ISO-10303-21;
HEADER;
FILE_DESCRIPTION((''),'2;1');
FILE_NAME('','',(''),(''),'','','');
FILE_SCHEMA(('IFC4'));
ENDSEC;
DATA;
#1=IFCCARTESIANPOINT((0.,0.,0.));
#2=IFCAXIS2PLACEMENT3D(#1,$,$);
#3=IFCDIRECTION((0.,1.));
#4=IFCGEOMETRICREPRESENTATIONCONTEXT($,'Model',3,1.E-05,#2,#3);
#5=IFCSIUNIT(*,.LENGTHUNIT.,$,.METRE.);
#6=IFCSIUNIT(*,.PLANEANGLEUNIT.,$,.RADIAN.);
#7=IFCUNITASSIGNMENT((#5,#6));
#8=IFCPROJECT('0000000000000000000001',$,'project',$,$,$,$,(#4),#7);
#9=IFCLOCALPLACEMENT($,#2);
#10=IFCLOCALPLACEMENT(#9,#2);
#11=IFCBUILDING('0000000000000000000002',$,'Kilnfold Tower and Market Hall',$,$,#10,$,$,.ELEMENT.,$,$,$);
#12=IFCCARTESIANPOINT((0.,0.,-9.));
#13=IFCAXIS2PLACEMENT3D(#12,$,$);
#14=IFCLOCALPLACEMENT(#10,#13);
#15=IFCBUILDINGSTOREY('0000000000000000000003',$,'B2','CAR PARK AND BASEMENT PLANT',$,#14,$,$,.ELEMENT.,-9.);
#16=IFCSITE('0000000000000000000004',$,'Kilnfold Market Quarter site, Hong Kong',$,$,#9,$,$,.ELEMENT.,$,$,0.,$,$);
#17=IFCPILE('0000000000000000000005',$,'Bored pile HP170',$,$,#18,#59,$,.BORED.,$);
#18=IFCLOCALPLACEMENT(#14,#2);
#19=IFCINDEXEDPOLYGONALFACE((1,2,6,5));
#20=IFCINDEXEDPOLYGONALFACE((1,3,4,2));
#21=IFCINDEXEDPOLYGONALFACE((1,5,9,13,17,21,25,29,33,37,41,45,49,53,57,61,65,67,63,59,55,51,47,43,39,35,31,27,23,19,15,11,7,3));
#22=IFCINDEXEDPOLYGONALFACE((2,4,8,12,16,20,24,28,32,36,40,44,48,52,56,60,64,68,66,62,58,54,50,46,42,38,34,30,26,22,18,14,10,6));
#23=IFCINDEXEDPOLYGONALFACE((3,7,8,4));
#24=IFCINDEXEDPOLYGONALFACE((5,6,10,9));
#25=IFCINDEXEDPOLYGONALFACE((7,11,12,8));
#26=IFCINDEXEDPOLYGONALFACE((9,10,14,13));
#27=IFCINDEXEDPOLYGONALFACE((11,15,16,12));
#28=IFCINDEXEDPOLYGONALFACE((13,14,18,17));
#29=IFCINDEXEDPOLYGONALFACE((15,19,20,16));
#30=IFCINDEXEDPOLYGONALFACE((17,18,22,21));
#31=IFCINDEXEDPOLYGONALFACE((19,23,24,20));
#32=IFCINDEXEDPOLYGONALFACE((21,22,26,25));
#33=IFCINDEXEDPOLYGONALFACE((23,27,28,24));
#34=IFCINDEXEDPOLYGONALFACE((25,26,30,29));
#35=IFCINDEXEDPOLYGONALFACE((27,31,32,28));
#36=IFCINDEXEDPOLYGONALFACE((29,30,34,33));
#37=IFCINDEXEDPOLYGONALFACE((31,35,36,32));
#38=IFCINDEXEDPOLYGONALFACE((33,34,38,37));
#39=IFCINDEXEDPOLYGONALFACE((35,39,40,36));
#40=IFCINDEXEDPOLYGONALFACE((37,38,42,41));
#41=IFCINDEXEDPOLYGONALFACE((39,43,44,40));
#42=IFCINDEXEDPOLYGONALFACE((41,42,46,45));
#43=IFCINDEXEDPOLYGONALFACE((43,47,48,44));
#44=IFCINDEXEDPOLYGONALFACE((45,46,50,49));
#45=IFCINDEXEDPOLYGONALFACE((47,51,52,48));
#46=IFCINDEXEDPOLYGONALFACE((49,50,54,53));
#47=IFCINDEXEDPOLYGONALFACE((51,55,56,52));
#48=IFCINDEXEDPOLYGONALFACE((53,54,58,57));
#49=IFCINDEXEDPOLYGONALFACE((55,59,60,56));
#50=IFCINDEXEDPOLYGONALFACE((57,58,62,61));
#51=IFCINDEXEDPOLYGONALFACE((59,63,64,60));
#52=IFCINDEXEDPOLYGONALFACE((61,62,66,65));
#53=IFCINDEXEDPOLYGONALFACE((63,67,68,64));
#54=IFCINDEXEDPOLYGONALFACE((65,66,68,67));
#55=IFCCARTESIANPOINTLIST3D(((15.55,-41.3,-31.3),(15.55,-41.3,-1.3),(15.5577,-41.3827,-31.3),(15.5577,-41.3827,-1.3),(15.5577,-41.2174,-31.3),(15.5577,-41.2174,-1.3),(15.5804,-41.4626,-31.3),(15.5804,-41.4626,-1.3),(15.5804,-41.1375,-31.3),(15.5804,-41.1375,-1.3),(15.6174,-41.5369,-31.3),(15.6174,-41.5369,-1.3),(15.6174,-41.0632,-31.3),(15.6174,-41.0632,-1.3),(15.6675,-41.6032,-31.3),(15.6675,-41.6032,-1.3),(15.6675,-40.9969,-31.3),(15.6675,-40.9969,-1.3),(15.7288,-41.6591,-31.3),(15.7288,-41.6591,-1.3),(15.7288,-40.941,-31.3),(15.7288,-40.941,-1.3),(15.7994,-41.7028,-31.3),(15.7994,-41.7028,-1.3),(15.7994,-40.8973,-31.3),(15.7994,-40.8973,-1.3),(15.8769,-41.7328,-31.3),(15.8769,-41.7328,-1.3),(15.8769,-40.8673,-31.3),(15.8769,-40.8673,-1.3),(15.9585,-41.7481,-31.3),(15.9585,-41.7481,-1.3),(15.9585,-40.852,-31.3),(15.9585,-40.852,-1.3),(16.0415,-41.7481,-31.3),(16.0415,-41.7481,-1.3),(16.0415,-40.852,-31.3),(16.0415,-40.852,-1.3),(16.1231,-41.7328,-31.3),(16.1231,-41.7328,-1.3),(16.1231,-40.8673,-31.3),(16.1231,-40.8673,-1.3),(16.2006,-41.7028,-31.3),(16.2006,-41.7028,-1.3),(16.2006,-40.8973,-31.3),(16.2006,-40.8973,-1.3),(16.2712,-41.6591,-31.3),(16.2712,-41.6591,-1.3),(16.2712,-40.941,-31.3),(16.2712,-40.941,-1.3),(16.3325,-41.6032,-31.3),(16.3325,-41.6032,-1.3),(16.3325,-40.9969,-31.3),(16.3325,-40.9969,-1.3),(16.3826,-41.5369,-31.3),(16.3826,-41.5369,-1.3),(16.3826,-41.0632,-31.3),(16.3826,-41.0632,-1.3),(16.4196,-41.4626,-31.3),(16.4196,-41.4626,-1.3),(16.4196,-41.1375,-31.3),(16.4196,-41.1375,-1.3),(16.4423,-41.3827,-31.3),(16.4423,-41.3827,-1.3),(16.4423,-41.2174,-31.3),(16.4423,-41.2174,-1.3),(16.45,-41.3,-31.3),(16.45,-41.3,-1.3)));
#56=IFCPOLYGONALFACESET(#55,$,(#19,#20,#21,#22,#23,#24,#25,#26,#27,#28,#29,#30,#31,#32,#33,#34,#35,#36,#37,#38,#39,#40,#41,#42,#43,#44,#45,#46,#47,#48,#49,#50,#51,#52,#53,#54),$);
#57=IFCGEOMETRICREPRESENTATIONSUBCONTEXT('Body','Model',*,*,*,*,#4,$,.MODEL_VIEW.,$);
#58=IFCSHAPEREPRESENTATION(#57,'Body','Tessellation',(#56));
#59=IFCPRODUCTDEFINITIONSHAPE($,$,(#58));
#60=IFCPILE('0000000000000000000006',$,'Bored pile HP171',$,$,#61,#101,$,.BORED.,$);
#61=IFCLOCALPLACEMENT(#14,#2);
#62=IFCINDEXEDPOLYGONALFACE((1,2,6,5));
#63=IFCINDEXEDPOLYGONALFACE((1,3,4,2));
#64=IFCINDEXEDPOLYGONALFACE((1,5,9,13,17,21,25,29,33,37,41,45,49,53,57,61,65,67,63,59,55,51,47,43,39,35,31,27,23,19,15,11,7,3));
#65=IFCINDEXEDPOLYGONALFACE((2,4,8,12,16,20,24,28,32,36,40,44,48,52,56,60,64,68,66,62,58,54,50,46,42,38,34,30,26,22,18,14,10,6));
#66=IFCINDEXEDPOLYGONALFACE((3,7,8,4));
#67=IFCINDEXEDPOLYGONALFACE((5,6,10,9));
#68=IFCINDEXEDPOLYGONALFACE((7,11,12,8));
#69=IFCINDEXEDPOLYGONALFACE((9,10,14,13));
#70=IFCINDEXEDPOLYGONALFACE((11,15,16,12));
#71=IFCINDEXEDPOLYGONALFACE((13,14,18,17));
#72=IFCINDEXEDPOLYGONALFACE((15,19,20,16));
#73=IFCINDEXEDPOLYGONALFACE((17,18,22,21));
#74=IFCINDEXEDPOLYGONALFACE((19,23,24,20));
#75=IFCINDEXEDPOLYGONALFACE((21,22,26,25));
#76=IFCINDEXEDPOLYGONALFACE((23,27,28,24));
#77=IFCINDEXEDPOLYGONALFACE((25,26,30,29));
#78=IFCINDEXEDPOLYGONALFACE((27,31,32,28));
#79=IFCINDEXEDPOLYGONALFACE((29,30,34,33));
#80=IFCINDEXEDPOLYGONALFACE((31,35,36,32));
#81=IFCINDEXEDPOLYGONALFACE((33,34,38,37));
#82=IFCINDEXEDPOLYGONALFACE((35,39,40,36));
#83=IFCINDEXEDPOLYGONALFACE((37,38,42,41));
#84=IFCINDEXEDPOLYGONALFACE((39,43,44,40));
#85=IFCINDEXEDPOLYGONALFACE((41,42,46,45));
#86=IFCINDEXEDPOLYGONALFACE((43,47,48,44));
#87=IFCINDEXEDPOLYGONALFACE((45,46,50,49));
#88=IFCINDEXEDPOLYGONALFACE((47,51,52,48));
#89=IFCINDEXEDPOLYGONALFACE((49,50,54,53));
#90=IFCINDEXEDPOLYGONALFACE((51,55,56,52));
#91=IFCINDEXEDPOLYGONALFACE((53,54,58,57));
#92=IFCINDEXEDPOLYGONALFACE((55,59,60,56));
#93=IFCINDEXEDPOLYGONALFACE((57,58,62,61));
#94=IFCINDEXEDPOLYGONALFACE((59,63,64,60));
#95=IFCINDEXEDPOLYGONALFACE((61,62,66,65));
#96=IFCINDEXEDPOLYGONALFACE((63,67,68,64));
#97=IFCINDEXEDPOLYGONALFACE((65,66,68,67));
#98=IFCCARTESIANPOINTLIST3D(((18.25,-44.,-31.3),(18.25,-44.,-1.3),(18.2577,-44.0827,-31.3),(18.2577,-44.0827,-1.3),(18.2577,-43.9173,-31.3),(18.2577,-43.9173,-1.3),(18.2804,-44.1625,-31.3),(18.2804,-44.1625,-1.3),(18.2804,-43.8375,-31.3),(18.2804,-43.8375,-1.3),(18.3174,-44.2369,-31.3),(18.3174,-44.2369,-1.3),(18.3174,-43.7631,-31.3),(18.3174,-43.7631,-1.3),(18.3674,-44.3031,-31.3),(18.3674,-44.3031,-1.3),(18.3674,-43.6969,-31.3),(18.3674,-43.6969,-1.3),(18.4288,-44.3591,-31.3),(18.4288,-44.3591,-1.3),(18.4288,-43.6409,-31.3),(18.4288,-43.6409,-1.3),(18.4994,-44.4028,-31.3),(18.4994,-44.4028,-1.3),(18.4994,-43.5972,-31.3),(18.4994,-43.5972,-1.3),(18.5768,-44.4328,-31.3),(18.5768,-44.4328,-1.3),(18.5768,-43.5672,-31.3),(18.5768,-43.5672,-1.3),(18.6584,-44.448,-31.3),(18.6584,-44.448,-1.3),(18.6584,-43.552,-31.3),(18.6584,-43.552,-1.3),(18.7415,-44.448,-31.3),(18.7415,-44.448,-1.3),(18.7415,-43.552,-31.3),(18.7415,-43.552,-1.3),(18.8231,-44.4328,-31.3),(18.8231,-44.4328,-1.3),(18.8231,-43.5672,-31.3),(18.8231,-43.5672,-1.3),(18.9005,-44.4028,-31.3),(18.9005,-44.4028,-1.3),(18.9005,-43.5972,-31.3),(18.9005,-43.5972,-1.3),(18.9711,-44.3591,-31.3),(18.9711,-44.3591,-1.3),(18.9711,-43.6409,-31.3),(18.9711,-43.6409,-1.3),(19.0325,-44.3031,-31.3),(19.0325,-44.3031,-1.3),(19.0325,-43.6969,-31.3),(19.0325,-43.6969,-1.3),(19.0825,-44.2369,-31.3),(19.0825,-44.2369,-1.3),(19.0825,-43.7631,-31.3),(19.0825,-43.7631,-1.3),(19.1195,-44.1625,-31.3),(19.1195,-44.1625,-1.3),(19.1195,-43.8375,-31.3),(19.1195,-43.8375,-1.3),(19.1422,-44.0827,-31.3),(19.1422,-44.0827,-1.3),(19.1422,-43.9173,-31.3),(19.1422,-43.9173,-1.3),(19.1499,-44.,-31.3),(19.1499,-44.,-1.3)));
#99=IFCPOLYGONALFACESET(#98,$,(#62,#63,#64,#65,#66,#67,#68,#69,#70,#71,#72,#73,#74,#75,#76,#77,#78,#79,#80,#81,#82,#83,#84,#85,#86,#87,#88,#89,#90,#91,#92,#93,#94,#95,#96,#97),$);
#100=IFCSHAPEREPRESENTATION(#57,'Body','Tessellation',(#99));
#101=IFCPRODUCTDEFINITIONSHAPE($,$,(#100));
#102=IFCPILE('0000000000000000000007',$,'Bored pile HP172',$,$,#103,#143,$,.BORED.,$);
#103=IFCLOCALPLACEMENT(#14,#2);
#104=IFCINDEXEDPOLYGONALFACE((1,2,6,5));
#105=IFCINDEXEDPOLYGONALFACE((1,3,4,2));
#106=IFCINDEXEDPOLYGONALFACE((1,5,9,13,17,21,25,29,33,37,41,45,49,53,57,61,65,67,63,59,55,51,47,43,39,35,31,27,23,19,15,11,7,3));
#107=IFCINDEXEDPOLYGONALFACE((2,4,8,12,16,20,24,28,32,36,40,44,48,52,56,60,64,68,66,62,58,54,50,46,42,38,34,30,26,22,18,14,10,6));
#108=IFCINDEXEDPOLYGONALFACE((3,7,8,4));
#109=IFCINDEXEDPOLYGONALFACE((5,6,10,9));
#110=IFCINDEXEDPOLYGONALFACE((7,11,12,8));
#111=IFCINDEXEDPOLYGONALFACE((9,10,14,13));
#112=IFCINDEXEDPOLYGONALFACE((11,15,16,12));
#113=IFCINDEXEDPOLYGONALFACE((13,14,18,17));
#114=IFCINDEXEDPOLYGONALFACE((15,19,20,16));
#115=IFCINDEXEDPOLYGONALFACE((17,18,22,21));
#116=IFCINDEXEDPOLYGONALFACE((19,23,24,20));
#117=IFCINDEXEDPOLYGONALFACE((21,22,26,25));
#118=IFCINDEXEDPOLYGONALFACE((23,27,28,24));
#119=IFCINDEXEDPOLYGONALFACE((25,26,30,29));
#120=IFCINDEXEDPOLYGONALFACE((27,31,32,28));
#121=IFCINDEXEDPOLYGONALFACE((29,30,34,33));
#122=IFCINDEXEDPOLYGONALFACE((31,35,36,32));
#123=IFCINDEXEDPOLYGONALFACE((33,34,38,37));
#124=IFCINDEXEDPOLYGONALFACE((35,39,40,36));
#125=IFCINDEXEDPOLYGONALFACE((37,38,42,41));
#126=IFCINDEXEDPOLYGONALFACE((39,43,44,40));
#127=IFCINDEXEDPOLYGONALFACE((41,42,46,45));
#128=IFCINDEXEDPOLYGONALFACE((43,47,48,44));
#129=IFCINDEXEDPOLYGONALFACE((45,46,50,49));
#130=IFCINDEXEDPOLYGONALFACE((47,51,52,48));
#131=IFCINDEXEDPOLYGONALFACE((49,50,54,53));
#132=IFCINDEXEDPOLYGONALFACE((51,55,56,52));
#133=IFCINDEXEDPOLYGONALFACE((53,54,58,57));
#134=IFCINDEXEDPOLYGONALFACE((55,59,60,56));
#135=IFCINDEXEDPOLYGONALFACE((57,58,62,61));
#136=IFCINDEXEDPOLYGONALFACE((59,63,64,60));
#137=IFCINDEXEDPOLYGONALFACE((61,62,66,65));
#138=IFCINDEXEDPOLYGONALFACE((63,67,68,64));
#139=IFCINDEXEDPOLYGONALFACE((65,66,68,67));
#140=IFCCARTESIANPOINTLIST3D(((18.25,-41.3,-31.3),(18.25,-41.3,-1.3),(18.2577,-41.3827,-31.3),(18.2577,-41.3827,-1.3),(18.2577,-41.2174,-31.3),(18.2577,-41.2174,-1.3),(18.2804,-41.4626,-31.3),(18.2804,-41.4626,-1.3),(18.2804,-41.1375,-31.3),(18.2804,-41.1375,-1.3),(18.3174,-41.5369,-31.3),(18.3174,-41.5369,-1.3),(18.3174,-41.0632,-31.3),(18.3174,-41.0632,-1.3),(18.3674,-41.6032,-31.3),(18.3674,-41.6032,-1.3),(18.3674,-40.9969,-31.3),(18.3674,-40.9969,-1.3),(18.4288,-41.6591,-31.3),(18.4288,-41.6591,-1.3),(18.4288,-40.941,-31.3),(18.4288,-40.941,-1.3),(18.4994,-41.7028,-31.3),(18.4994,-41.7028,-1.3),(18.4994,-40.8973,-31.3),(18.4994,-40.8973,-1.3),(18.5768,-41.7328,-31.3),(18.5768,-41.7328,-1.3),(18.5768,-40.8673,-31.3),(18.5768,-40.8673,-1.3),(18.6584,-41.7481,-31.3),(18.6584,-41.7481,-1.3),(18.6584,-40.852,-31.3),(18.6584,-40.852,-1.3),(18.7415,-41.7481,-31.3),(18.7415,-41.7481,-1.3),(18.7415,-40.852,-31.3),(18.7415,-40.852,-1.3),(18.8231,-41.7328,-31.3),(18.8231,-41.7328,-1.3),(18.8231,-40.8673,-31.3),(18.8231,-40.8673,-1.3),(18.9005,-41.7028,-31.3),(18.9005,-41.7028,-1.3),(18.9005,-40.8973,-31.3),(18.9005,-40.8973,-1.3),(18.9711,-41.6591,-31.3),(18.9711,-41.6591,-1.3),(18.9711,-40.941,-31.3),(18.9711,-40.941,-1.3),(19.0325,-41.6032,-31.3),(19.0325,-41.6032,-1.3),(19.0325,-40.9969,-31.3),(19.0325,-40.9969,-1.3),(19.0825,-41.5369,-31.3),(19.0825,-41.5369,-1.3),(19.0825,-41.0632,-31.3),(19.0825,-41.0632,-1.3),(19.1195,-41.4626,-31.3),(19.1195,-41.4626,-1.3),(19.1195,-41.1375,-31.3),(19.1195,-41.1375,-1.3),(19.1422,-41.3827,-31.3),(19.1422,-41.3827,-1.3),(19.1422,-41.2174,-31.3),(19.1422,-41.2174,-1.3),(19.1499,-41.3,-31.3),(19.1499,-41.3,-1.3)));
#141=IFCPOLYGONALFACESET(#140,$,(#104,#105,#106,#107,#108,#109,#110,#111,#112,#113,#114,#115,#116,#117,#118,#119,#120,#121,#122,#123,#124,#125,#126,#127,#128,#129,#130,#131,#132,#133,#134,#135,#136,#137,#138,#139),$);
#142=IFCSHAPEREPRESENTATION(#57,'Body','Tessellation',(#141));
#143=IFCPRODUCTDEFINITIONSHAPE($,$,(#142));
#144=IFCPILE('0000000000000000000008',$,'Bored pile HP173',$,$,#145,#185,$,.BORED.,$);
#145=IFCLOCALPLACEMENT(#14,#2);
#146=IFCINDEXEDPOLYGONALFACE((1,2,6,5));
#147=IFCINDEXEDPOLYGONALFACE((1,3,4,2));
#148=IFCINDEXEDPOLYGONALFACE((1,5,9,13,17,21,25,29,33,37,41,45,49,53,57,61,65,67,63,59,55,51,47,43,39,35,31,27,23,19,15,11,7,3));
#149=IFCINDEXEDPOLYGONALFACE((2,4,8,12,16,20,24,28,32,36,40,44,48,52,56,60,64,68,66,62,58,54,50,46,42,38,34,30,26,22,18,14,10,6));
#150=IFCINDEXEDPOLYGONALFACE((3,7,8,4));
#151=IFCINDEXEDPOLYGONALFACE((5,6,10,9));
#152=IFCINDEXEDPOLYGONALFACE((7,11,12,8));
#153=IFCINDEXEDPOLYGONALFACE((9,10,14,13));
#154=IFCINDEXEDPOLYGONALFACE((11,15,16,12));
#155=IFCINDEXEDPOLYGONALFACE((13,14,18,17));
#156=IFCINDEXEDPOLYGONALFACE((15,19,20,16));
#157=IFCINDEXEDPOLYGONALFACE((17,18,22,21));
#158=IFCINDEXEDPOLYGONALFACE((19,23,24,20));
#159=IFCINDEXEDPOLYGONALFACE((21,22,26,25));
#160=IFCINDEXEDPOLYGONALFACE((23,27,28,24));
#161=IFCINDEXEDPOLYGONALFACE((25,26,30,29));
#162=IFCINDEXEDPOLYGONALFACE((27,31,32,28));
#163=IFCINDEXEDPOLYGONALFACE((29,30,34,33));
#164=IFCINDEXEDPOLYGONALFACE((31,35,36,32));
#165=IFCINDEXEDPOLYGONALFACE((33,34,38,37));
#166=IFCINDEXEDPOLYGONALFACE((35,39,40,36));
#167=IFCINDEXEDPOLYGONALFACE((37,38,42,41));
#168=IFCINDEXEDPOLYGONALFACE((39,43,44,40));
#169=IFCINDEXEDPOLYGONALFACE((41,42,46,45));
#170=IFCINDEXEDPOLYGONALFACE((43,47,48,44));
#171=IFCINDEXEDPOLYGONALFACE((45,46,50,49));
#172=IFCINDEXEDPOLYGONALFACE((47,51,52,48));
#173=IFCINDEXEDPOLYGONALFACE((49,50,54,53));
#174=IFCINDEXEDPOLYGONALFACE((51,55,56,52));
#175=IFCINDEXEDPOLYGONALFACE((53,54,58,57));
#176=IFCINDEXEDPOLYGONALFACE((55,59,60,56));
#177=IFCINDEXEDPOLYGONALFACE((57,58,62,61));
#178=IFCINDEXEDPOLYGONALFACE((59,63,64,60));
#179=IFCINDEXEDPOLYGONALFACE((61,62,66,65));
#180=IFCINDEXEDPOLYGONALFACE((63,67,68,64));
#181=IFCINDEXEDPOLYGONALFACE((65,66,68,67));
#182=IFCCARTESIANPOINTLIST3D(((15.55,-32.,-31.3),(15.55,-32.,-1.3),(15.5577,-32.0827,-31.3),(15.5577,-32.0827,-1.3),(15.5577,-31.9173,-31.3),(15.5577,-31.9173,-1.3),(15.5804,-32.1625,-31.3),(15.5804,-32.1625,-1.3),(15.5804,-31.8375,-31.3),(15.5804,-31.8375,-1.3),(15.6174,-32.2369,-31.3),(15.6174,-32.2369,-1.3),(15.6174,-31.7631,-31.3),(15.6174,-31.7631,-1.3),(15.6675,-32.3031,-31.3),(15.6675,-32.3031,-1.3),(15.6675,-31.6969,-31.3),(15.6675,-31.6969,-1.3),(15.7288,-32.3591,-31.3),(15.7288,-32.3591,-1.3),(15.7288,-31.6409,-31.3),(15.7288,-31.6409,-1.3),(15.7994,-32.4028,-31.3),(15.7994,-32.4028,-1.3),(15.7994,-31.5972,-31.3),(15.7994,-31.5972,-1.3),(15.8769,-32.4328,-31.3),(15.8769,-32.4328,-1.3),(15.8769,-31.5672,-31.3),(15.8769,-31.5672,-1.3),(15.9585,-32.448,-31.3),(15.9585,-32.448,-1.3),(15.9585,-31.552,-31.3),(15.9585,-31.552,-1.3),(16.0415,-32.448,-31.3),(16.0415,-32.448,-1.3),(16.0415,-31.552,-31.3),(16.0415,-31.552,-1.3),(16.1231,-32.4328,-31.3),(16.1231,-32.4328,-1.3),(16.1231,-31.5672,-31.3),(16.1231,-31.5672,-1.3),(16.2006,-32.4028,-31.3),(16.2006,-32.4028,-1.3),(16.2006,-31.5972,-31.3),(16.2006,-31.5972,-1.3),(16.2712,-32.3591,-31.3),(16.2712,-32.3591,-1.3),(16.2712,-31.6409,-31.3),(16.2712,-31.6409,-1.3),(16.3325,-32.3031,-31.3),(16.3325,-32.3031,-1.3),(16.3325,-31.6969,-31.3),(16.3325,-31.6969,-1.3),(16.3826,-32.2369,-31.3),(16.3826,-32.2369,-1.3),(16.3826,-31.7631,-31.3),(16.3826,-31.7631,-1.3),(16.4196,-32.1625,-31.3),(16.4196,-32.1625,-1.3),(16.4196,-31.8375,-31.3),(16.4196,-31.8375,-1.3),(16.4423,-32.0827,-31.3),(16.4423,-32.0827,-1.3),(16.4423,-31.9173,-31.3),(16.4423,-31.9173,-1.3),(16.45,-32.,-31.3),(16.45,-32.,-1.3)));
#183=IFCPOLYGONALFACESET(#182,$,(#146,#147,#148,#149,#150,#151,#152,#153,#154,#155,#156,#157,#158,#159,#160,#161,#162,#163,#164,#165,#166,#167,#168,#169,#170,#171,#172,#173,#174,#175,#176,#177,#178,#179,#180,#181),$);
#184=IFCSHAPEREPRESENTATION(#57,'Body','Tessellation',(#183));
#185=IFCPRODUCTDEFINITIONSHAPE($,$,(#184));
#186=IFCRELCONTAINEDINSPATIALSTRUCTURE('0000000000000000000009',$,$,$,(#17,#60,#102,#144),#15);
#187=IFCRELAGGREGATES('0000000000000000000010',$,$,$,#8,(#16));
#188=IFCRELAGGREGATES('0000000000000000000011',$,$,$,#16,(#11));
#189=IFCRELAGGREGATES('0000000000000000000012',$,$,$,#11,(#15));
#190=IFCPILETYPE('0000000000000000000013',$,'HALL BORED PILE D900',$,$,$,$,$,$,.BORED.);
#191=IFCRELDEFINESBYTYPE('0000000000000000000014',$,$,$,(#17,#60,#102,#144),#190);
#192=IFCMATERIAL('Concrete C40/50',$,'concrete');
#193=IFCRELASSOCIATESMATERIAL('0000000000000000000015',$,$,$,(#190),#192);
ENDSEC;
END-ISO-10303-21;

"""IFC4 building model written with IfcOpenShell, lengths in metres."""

from ifc_helpers import new_model, si_unit, direction, frame, origin, origin_2d, place, context, subcontext, project, spatial, circle, extrude, source, transform, mapped, material, material_profile, profile_set, type_object, element, save


model = new_model("IFC4")

# Units and contexts
model_context = context("Model", 3, precision=1e-05, world=origin(), true_north=direction((0.0, 1.0)))
body_context = subcontext(model_context, "Body", "Model", "MODEL_VIEW")
ifc_project = project(units=[si_unit("LENGTHUNIT", "METRE"), si_unit("PLANEANGLEUNIT", "RADIAN")], contexts=[model_context])

# Site, building, storey
site_placement = place(None, origin())
site = spatial("IfcSite", under=ifc_project, at=site_placement, Name="Kilnfold Market Quarter site, Hong Kong", CompositionType="ELEMENT", RefElevation=0.0)
building_placement = place(site_placement, origin())
building = spatial("IfcBuilding", under=site, at=building_placement, Name="Kilnfold Tower and Market Hall", CompositionType="ELEMENT")
storey_placement = place(building_placement, frame((0.0, 0.0, -9.0)))
storey = spatial("IfcBuildingStorey", under=building, at=storey_placement, Name="B2", Description="CAR PARK AND BASEMENT PLANT", CompositionType="ELEMENT", Elevation=-9.0)

# Piles
ifc_material_1 = material(Name="Concrete C40/50", Category="concrete")
ifc_material_profile_1 = material_profile(ifc_material_1, circle(Radius=0.45, at=origin_2d()), Name="D900")
ifc_profile_set_1 = profile_set([ifc_material_profile_1], Name="Concrete C40/50")
pile_type_1 = type_object("IfcPileType", Name="HALL BORED PILE D900", PredefinedType="BORED", material=ifc_profile_set_1)
shared_shape_1 = source(origin(), body_context, "Body", "SweptSolid", [
    extrude(circle(Radius=0.45, at=origin_2d()), origin(), (0.0, 0.0, 1.0), 30.0),
])
for number, where, z_axis, x_axis, name in (
    (1, (16.0, -41.3, -1.3), (0.0, 0.0, -1.0), (1.0, 0.0, 0.0), "Bored pile HP170"),
    (2, (18.7, -44.0, -1.3), (0.0, 0.0, -1.0), (1.0, 0.0, 0.0), "Bored pile HP171"),
    (3, (18.7, -41.3, -1.3), (0.0, 0.0, -1.0), (1.0, 0.0, 0.0), "Bored pile HP172"),
    (4, (16.0, -32.0, -1.3), (0.0, 0.0, -1.0), (1.0, 0.0, 0.0), "Bored pile HP173"),
):
    element("IfcPile", number, at=place(storey_placement, frame(where, z_axis=z_axis, x_axis=x_axis)), inside=storey, type_object=pile_type_1, Name=name, PredefinedType="BORED", context=body_context, shape_type="MappedRepresentation", body=[
        mapped(shared_shape_1, transform((0.0, 0.0, 0.0))),
    ])

save(model, "model.ifc")
